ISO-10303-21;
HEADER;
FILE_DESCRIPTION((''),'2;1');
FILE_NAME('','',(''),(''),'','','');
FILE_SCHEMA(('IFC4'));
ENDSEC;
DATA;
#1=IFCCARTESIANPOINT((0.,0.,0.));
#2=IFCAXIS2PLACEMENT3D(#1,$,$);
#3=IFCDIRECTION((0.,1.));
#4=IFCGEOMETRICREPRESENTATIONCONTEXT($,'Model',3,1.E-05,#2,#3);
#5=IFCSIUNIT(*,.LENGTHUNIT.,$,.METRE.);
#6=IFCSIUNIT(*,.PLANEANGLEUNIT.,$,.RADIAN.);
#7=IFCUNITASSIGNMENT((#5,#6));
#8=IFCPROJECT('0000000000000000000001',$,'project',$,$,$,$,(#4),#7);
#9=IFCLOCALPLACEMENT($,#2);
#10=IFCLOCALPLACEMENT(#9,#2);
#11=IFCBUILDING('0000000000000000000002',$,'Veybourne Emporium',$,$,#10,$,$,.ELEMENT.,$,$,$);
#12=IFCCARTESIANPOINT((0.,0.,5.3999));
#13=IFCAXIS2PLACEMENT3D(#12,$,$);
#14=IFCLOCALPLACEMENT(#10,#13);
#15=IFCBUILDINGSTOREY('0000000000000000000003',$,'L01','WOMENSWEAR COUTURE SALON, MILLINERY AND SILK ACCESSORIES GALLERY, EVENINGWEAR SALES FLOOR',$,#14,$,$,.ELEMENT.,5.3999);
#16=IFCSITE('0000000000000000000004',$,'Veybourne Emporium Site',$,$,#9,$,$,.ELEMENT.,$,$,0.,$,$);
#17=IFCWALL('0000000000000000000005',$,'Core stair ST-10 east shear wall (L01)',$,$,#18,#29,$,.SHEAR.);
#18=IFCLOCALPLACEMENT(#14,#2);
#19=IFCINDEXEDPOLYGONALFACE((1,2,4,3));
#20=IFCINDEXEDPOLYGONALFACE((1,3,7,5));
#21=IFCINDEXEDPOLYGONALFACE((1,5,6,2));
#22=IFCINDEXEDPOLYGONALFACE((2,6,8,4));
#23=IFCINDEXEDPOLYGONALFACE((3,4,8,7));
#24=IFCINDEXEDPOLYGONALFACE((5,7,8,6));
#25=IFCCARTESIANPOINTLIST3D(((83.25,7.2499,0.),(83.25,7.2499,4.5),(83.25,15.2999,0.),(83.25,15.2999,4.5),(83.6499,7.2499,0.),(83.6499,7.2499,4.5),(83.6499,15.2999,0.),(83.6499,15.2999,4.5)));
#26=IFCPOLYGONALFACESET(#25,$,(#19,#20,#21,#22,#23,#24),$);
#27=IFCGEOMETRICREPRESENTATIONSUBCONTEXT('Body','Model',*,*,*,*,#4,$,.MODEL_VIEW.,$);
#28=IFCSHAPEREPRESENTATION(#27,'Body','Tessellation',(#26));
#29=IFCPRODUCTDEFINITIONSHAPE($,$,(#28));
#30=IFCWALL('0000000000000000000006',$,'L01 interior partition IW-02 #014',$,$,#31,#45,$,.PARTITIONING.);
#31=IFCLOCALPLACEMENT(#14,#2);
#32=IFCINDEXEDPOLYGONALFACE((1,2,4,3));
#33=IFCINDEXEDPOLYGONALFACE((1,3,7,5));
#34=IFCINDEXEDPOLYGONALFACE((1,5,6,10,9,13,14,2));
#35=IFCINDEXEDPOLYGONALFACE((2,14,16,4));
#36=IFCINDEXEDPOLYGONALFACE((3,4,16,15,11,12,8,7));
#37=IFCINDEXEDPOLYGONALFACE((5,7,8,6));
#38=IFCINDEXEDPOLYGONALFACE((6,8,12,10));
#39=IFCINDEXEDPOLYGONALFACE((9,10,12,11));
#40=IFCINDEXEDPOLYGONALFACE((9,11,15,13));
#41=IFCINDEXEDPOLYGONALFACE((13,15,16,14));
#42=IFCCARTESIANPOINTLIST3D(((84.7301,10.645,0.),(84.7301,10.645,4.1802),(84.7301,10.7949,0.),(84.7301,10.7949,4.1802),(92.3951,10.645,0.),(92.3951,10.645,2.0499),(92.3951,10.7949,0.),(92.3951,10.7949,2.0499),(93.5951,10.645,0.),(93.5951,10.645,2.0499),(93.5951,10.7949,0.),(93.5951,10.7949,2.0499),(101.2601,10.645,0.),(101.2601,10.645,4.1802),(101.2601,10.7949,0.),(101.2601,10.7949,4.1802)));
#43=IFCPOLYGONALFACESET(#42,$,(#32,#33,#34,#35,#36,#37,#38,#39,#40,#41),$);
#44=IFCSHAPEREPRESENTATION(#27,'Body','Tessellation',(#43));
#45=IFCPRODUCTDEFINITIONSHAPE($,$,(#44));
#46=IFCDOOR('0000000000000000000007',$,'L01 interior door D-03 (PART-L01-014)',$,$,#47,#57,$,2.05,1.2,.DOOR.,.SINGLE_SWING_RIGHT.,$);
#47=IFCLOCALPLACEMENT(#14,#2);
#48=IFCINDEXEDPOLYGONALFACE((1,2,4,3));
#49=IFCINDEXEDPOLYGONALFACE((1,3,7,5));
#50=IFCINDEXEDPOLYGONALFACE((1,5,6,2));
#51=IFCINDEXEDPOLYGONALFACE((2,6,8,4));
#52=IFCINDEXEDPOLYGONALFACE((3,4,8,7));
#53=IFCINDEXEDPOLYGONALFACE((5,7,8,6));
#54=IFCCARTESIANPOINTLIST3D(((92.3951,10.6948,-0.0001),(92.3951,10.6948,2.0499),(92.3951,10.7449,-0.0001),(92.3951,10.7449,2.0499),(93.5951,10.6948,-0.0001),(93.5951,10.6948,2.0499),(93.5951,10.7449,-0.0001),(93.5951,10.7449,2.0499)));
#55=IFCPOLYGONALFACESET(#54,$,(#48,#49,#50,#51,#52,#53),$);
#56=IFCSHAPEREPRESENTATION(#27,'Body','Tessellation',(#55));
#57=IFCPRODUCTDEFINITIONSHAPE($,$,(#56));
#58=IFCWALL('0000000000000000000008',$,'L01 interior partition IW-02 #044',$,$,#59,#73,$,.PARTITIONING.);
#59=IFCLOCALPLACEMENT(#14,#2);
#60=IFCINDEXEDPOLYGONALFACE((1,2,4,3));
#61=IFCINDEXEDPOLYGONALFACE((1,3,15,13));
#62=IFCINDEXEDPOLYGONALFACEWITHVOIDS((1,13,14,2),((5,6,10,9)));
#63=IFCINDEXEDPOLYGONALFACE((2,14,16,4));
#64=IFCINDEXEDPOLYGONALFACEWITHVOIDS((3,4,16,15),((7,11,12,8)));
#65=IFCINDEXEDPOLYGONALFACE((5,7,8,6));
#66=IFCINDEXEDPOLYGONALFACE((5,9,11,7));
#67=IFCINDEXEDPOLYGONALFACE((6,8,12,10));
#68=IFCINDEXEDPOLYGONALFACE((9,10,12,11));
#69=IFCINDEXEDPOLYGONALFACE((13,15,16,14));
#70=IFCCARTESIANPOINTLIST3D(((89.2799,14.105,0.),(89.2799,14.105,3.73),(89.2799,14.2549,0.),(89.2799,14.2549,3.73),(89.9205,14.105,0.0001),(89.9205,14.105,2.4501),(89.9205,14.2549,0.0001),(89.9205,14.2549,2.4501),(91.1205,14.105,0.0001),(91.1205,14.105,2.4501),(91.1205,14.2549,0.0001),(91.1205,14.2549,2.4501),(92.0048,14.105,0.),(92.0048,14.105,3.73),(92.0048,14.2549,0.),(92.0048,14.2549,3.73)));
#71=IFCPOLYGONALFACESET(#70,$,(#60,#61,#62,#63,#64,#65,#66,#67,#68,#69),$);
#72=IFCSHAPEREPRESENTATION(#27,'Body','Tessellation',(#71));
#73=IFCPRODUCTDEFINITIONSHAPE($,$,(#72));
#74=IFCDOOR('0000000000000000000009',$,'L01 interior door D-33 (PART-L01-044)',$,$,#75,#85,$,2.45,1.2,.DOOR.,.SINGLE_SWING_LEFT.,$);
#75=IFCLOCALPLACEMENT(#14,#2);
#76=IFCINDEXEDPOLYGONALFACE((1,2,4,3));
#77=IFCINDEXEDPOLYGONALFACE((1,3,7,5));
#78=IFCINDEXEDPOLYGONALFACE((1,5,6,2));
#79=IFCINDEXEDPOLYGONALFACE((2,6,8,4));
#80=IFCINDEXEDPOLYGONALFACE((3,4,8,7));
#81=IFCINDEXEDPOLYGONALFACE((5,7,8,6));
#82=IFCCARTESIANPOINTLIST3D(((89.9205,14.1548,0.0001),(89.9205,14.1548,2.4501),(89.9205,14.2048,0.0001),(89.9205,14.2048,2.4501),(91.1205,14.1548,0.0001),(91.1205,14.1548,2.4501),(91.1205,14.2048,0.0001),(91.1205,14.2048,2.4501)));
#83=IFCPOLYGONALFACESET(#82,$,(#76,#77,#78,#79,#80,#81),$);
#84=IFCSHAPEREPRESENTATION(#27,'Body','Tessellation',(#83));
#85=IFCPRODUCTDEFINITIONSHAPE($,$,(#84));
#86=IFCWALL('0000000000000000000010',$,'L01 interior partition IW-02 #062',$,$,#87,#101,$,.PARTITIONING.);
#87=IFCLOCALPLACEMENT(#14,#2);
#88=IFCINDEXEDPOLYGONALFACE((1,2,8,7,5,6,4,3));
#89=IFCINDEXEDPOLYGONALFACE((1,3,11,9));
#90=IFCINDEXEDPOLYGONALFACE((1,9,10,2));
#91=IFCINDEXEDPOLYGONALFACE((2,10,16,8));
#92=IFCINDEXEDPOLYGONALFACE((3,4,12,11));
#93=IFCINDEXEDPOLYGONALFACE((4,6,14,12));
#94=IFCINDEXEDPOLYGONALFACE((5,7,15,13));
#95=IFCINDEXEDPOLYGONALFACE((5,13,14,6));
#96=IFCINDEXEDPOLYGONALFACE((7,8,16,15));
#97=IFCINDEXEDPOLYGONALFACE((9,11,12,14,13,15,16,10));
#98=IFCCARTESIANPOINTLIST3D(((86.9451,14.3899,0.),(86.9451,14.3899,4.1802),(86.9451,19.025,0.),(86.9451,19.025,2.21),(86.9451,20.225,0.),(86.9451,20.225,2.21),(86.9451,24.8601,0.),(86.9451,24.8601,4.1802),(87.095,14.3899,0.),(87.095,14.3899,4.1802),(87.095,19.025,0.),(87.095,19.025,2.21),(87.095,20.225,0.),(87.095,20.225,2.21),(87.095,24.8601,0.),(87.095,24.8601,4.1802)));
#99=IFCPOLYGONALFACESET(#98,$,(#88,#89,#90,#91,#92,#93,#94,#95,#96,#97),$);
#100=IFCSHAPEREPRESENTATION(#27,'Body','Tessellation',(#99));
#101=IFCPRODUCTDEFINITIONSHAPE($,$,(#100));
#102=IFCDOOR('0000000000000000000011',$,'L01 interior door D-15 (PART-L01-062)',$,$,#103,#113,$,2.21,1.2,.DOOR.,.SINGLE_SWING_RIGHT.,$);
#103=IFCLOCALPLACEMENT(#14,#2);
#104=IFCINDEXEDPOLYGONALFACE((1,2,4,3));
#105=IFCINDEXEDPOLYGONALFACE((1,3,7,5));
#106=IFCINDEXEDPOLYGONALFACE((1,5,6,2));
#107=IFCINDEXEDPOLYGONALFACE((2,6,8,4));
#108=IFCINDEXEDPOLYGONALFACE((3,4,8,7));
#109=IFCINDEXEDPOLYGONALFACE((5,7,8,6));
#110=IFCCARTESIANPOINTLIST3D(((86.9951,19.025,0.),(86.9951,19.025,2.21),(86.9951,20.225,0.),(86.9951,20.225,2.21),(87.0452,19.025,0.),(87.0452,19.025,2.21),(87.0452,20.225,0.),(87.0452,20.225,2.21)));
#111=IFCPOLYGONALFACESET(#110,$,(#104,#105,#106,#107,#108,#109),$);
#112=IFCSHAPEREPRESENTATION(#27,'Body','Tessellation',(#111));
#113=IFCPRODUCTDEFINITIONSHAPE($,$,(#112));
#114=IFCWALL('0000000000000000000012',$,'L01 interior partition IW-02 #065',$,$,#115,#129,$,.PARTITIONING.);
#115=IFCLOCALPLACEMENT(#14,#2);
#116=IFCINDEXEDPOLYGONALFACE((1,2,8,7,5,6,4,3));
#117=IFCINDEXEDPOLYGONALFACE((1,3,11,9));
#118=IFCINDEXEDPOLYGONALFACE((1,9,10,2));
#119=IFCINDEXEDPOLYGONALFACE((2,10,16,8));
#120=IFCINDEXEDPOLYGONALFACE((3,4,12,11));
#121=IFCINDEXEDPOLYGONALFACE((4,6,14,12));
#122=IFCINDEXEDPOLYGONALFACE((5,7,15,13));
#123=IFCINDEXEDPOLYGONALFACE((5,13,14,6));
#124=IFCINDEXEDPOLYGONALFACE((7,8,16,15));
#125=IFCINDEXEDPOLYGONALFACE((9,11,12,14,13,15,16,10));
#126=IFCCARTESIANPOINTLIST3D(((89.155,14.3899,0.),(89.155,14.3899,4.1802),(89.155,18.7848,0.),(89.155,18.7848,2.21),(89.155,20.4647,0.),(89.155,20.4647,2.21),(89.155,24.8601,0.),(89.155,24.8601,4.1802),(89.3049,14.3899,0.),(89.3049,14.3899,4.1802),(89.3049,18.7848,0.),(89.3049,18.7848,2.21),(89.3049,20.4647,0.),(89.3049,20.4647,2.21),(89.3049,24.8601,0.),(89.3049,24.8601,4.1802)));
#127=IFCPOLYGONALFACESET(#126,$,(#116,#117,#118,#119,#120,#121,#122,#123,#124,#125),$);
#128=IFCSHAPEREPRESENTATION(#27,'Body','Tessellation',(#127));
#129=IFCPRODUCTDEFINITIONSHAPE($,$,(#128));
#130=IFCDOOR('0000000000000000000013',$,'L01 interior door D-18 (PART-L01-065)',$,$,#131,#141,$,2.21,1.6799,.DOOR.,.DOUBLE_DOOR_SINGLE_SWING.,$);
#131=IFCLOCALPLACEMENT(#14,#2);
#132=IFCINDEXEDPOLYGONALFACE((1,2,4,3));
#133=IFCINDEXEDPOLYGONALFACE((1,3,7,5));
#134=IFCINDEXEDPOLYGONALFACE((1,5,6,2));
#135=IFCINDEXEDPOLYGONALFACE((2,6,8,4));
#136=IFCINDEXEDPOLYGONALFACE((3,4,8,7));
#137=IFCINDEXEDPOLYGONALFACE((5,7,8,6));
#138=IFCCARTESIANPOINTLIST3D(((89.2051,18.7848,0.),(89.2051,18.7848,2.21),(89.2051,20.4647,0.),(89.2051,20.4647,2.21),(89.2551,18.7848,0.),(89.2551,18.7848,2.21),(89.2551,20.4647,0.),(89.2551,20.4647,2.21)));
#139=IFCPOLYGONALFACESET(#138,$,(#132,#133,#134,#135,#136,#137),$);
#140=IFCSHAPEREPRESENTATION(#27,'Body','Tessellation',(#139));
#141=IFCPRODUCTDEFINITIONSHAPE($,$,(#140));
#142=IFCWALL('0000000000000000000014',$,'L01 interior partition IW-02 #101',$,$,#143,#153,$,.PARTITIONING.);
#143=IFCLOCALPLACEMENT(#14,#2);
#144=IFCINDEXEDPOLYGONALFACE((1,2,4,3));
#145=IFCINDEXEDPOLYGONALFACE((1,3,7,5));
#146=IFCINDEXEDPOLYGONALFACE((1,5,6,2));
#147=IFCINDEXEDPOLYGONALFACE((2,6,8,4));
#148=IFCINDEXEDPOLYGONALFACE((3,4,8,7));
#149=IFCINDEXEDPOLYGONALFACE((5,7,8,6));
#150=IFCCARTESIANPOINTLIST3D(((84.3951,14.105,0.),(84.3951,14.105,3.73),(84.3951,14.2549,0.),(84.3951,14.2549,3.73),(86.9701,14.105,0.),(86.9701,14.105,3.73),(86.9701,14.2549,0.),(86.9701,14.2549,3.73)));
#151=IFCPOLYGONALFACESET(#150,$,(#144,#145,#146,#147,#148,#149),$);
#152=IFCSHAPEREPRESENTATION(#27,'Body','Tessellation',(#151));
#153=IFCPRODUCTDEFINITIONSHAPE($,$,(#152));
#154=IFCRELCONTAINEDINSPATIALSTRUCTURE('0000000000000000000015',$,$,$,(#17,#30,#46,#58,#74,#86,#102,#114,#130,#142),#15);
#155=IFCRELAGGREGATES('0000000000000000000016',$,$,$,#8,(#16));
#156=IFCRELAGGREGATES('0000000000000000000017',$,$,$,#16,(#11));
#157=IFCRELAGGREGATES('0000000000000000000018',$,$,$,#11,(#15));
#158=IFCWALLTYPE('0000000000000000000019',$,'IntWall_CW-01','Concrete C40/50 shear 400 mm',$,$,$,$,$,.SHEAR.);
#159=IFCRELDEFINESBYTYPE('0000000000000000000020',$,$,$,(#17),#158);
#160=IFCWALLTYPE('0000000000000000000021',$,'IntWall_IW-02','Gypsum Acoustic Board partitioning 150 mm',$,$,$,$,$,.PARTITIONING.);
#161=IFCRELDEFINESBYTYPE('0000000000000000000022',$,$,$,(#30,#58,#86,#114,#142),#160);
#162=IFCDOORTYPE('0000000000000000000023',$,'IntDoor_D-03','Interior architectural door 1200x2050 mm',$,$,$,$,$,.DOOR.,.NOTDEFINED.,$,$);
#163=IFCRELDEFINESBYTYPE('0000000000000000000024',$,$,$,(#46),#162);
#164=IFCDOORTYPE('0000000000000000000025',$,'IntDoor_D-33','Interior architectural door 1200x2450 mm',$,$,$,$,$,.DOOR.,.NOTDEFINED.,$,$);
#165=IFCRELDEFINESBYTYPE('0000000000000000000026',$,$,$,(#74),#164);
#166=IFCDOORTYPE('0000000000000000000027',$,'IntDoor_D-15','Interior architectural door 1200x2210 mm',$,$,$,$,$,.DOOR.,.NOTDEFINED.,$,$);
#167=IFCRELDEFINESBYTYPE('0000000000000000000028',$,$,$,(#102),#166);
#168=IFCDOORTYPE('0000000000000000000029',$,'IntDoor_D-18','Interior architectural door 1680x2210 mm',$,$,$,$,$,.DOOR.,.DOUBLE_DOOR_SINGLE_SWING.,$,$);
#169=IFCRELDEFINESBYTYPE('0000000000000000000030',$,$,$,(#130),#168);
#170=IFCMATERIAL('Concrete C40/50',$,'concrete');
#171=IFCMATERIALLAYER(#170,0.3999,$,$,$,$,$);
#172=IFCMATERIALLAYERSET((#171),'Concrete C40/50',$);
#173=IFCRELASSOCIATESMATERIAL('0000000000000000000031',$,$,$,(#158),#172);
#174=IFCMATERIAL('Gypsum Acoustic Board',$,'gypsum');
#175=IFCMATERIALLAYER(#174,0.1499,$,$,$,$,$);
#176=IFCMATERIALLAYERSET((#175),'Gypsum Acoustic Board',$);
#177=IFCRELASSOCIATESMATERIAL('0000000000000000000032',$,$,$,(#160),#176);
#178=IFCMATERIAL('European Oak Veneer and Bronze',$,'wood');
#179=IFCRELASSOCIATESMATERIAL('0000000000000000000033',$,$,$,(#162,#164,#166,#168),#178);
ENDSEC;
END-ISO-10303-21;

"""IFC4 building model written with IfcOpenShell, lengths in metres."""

from ifc_helpers import new_model, si_unit, direction, frame, frame_2d, origin, place, context, subcontext, project, spatial, rectangle, extrude, material, layer, layer_set, type_object, element, fill, save


model = new_model("IFC4")

# Units and contexts
model_context = context("Model", 3, precision=1e-05, world=origin(), true_north=direction((0.0, 1.0)))
body_context = subcontext(model_context, "Body", "Model", "MODEL_VIEW")
ifc_project = project(units=[si_unit("LENGTHUNIT", "METRE"), si_unit("PLANEANGLEUNIT", "RADIAN")], contexts=[model_context])

# Site, building, storey
site_placement = place(None, origin())
site = spatial("IfcSite", under=ifc_project, at=site_placement, Name="Veybourne Emporium Site", CompositionType="ELEMENT", RefElevation=0.0)
building_placement = place(site_placement, origin())
building = spatial("IfcBuilding", under=site, at=building_placement, Name="Veybourne Emporium", CompositionType="ELEMENT")
storey_placement = place(building_placement, frame((0.0, 0.0, 5.3999)))
storey = spatial("IfcBuildingStorey", under=building, at=storey_placement, Name="L01", Description="WOMENSWEAR COUTURE SALON, MILLINERY AND SILK ACCESSORIES GALLERY, EVENINGWEAR SALES FLOOR", CompositionType="ELEMENT", Elevation=5.3999)

# Shared definitions
ifc_material_1 = material(Name="Concrete C40/50", Category="concrete")

# Shared definitions
ifc_layer_1 = layer(ifc_material_1, 0.3999)
ifc_layer_set_1 = layer_set([ifc_layer_1], Name="Concrete C40/50")
wall_type_1 = type_object("IfcWallType", Name="IntWall_CW-01", Description="Concrete C40/50 shear 400 mm", PredefinedType="SHEAR", material=ifc_layer_set_1)

# Wall
for number, where, z_axis, x_axis, name in (
    (1, (83.45, 7.25, 0.0), (0.0, 0.0, 1.0), (0.0, 1.0, 0.0), "Core stair ST-10 east shear wall (L01)"),
):
    element("IfcWall", number, at=place(storey_placement, frame(where, z_axis=z_axis, x_axis=x_axis)), inside=storey, type_object=wall_type_1, Name=name, PredefinedType="SHEAR", context=body_context, shape_type="SweptSolid", body=[
        extrude(rectangle(XDim=8.05, YDim=0.3999, at=frame_2d((4.0249, 0.0))), origin(), (0.0, 0.0, 1.0), 4.5),
    ])

# Walls, openings, doors
ifc_material_2 = material(Name="Gypsum Acoustic Board", Category="gypsum")
ifc_layer_2 = layer(ifc_material_2, 0.1499)
ifc_layer_set_2 = layer_set([ifc_layer_2], Name="Gypsum Acoustic Board")
wall_type_2 = type_object("IfcWallType", Name="IntWall_IW-02", Description="Gypsum Acoustic Board partitioning 150 mm", PredefinedType="PARTITIONING", material=ifc_layer_set_2)
wall_1_placement = place(storey_placement, frame((84.73, 10.72, 0.0), z_axis=(0.0, 0.0, 1.0), x_axis=(1.0, 0.0, 0.0)))
wall_1 = element("IfcWall", 2, at=wall_1_placement, inside=storey, type_object=wall_type_2, Name="L01 interior partition IW-02 #014", PredefinedType="PARTITIONING", context=body_context, shape_type="SweptSolid", body=[
    extrude(rectangle(XDim=16.53, YDim=0.1499, at=frame_2d((8.2651, 0.0))), origin(), (0.0, 0.0, 1.0), 4.1802),
])
opening_1_placement = place(wall_1_placement, frame((7.665, 0.0, 0.0)))
opening_1 = element("IfcOpeningElement", 3, at=opening_1_placement, cuts=wall_1, PredefinedType="OPENING", context=body_context, shape_type="SweptSolid", body=[
    extrude(rectangle(XDim=1.2, YDim=2.05, at=frame_2d((0.6001, 1.0249))), frame((0.0, 0.095, 0.0), z_axis=(0.0, -1.0, 0.0), x_axis=(1.0, 0.0, 0.0)), (0.0, 0.0, 1.0), 0.1899),
])
ifc_material_3 = material(Name="European Oak Veneer and Bronze", Category="wood")
door_type_1 = type_object("IfcDoorType", Name="IntDoor_D-03", Description="Interior architectural door 1200x2050 mm", OperationType="NOTDEFINED", PredefinedType="DOOR", material=ifc_material_3)
door_1_placement = place(opening_1_placement, origin())
door_1 = element("IfcDoor", 4, at=door_1_placement, inside=storey, type_object=door_type_1, Name="L01 interior door D-03 (PART-L01-014)", OperationType="SINGLE_SWING_RIGHT", OverallHeight=2.05, OverallWidth=1.2, PredefinedType="DOOR", context=body_context, shape_type="SweptSolid", body=[
    extrude(rectangle(XDim=1.2, YDim=2.05, at=frame_2d((0.6001, 1.0249))), frame((0.0, 0.0249, 0.0), z_axis=(0.0, -1.0, 0.0), x_axis=(1.0, 0.0, 0.0)), (0.0, 0.0, 1.0), 0.05),
])
fill(opening_1, door_1)
wall_2_placement = place(storey_placement, frame((89.28, 14.1799, 0.0), z_axis=(0.0, 0.0, 1.0), x_axis=(1.0, 0.0, 0.0)))
wall_2 = element("IfcWall", 5, at=wall_2_placement, inside=storey, type_object=wall_type_2, Name="L01 interior partition IW-02 #044", PredefinedType="PARTITIONING", context=body_context, shape_type="SweptSolid", body=[
    extrude(rectangle(XDim=2.7249, YDim=0.1499, at=frame_2d((1.3623, 0.0))), origin(), (0.0, 0.0, 1.0), 3.73),
])
opening_2_placement = place(wall_2_placement, frame((0.6404, 0.0, 0.0)))
opening_2 = element("IfcOpeningElement", 6, at=opening_2_placement, cuts=wall_2, PredefinedType="OPENING", context=body_context, shape_type="SweptSolid", body=[
    extrude(rectangle(XDim=1.2, YDim=2.45, at=frame_2d((0.6001, 1.2251))), frame((0.0, 0.095, 0.0), z_axis=(0.0, -1.0, 0.0), x_axis=(1.0, 0.0, 0.0)), (0.0, 0.0, 1.0), 0.1899),
])
door_type_2 = type_object("IfcDoorType", Name="IntDoor_D-33", Description="Interior architectural door 1200x2450 mm", OperationType="NOTDEFINED", PredefinedType="DOOR", material=ifc_material_3)
door_2_placement = place(opening_2_placement, origin())
door_2 = element("IfcDoor", 7, at=door_2_placement, inside=storey, type_object=door_type_2, Name="L01 interior door D-33 (PART-L01-044)", OperationType="SINGLE_SWING_LEFT", OverallHeight=2.45, OverallWidth=1.2, PredefinedType="DOOR", context=body_context, shape_type="SweptSolid", body=[
    extrude(rectangle(XDim=1.2, YDim=2.45, at=frame_2d((0.6001, 1.2251))), frame((0.0, 0.0249, 0.0), z_axis=(0.0, -1.0, 0.0), x_axis=(1.0, 0.0, 0.0)), (0.0, 0.0, 1.0), 0.05),
])
fill(opening_2, door_2)
wall_3_placement = place(storey_placement, frame((87.02, 14.3899, 0.0), z_axis=(0.0, 0.0, 1.0), x_axis=(0.0, 1.0, 0.0)))
wall_3 = element("IfcWall", 8, at=wall_3_placement, inside=storey, type_object=wall_type_2, Name="L01 interior partition IW-02 #062", PredefinedType="PARTITIONING", context=body_context, shape_type="SweptSolid", body=[
    extrude(rectangle(XDim=10.4702, YDim=0.1499, at=frame_2d((5.2351, 0.0))), origin(), (0.0, 0.0, 1.0), 4.1802),
])
opening_3_placement = place(wall_3_placement, frame((4.635, 0.0, 0.0)))
opening_3 = element("IfcOpeningElement", 9, at=opening_3_placement, cuts=wall_3, PredefinedType="OPENING", context=body_context, shape_type="SweptSolid", body=[
    extrude(rectangle(XDim=1.2, YDim=2.21, at=frame_2d((0.6001, 1.105))), frame((0.0, 0.095, 0.0), z_axis=(0.0, -1.0, 0.0), x_axis=(1.0, 0.0, 0.0)), (0.0, 0.0, 1.0), 0.1899),
])
door_type_3 = type_object("IfcDoorType", Name="IntDoor_D-15", Description="Interior architectural door 1200x2210 mm", OperationType="NOTDEFINED", PredefinedType="DOOR", material=ifc_material_3)
door_3_placement = place(opening_3_placement, origin())
door_3 = element("IfcDoor", 10, at=door_3_placement, inside=storey, type_object=door_type_3, Name="L01 interior door D-15 (PART-L01-062)", OperationType="SINGLE_SWING_RIGHT", OverallHeight=2.21, OverallWidth=1.2, PredefinedType="DOOR", context=body_context, shape_type="SweptSolid", body=[
    extrude(rectangle(XDim=1.2, YDim=2.21, at=frame_2d((0.6001, 1.105))), frame((0.0, 0.0249, 0.0), z_axis=(0.0, -1.0, 0.0), x_axis=(1.0, 0.0, 0.0)), (0.0, 0.0, 1.0), 0.05),
])
fill(opening_3, door_3)
wall_4_placement = place(storey_placement, frame((89.23, 14.3899, 0.0), z_axis=(0.0, 0.0, 1.0), x_axis=(0.0, 1.0, 0.0)))
wall_4 = element("IfcWall", 11, at=wall_4_placement, inside=storey, type_object=wall_type_2, Name="L01 interior partition IW-02 #065", PredefinedType="PARTITIONING", context=body_context, shape_type="SweptSolid", body=[
    extrude(rectangle(XDim=10.4702, YDim=0.1499, at=frame_2d((5.2351, 0.0))), origin(), (0.0, 0.0, 1.0), 4.1802),
])
opening_4_placement = place(wall_4_placement, frame((4.395, 0.0, 0.0)))
opening_4 = element("IfcOpeningElement", 12, at=opening_4_placement, cuts=wall_4, PredefinedType="OPENING", context=body_context, shape_type="SweptSolid", body=[
    extrude(rectangle(XDim=1.6799, YDim=2.21, at=frame_2d((0.8398, 1.105))), frame((0.0, 0.095, 0.0), z_axis=(0.0, -1.0, 0.0), x_axis=(1.0, 0.0, 0.0)), (0.0, 0.0, 1.0), 0.1899),
])
door_type_4 = type_object("IfcDoorType", Name="IntDoor_D-18", Description="Interior architectural door 1680x2210 mm", OperationType="DOUBLE_DOOR_SINGLE_SWING", PredefinedType="DOOR", material=ifc_material_3)
door_4_placement = place(opening_4_placement, origin())
door_4 = element("IfcDoor", 13, at=door_4_placement, inside=storey, type_object=door_type_4, Name="L01 interior door D-18 (PART-L01-065)", OperationType="DOUBLE_DOOR_SINGLE_SWING", OverallHeight=2.21, OverallWidth=1.6799, PredefinedType="DOOR", context=body_context, shape_type="SweptSolid", body=[
    extrude(rectangle(XDim=1.6799, YDim=2.21, at=frame_2d((0.8398, 1.105))), frame((0.0, 0.0249, 0.0), z_axis=(0.0, -1.0, 0.0), x_axis=(1.0, 0.0, 0.0)), (0.0, 0.0, 1.0), 0.05),
])
fill(opening_4, door_4)

# Wall
wall_5_placement = place(storey_placement, frame((84.395, 14.1799, 0.0), z_axis=(0.0, 0.0, 1.0), x_axis=(1.0, 0.0, 0.0)))
element("IfcWall", 14, at=wall_5_placement, inside=storey, type_object=wall_type_2, Name="L01 interior partition IW-02 #101", PredefinedType="PARTITIONING", context=body_context, shape_type="SweptSolid", body=[
    extrude(rectangle(XDim=2.575, YDim=0.1499, at=frame_2d((1.2876, 0.0))), origin(), (0.0, 0.0, 1.0), 3.73),
])

save(model, "model.ifc")
